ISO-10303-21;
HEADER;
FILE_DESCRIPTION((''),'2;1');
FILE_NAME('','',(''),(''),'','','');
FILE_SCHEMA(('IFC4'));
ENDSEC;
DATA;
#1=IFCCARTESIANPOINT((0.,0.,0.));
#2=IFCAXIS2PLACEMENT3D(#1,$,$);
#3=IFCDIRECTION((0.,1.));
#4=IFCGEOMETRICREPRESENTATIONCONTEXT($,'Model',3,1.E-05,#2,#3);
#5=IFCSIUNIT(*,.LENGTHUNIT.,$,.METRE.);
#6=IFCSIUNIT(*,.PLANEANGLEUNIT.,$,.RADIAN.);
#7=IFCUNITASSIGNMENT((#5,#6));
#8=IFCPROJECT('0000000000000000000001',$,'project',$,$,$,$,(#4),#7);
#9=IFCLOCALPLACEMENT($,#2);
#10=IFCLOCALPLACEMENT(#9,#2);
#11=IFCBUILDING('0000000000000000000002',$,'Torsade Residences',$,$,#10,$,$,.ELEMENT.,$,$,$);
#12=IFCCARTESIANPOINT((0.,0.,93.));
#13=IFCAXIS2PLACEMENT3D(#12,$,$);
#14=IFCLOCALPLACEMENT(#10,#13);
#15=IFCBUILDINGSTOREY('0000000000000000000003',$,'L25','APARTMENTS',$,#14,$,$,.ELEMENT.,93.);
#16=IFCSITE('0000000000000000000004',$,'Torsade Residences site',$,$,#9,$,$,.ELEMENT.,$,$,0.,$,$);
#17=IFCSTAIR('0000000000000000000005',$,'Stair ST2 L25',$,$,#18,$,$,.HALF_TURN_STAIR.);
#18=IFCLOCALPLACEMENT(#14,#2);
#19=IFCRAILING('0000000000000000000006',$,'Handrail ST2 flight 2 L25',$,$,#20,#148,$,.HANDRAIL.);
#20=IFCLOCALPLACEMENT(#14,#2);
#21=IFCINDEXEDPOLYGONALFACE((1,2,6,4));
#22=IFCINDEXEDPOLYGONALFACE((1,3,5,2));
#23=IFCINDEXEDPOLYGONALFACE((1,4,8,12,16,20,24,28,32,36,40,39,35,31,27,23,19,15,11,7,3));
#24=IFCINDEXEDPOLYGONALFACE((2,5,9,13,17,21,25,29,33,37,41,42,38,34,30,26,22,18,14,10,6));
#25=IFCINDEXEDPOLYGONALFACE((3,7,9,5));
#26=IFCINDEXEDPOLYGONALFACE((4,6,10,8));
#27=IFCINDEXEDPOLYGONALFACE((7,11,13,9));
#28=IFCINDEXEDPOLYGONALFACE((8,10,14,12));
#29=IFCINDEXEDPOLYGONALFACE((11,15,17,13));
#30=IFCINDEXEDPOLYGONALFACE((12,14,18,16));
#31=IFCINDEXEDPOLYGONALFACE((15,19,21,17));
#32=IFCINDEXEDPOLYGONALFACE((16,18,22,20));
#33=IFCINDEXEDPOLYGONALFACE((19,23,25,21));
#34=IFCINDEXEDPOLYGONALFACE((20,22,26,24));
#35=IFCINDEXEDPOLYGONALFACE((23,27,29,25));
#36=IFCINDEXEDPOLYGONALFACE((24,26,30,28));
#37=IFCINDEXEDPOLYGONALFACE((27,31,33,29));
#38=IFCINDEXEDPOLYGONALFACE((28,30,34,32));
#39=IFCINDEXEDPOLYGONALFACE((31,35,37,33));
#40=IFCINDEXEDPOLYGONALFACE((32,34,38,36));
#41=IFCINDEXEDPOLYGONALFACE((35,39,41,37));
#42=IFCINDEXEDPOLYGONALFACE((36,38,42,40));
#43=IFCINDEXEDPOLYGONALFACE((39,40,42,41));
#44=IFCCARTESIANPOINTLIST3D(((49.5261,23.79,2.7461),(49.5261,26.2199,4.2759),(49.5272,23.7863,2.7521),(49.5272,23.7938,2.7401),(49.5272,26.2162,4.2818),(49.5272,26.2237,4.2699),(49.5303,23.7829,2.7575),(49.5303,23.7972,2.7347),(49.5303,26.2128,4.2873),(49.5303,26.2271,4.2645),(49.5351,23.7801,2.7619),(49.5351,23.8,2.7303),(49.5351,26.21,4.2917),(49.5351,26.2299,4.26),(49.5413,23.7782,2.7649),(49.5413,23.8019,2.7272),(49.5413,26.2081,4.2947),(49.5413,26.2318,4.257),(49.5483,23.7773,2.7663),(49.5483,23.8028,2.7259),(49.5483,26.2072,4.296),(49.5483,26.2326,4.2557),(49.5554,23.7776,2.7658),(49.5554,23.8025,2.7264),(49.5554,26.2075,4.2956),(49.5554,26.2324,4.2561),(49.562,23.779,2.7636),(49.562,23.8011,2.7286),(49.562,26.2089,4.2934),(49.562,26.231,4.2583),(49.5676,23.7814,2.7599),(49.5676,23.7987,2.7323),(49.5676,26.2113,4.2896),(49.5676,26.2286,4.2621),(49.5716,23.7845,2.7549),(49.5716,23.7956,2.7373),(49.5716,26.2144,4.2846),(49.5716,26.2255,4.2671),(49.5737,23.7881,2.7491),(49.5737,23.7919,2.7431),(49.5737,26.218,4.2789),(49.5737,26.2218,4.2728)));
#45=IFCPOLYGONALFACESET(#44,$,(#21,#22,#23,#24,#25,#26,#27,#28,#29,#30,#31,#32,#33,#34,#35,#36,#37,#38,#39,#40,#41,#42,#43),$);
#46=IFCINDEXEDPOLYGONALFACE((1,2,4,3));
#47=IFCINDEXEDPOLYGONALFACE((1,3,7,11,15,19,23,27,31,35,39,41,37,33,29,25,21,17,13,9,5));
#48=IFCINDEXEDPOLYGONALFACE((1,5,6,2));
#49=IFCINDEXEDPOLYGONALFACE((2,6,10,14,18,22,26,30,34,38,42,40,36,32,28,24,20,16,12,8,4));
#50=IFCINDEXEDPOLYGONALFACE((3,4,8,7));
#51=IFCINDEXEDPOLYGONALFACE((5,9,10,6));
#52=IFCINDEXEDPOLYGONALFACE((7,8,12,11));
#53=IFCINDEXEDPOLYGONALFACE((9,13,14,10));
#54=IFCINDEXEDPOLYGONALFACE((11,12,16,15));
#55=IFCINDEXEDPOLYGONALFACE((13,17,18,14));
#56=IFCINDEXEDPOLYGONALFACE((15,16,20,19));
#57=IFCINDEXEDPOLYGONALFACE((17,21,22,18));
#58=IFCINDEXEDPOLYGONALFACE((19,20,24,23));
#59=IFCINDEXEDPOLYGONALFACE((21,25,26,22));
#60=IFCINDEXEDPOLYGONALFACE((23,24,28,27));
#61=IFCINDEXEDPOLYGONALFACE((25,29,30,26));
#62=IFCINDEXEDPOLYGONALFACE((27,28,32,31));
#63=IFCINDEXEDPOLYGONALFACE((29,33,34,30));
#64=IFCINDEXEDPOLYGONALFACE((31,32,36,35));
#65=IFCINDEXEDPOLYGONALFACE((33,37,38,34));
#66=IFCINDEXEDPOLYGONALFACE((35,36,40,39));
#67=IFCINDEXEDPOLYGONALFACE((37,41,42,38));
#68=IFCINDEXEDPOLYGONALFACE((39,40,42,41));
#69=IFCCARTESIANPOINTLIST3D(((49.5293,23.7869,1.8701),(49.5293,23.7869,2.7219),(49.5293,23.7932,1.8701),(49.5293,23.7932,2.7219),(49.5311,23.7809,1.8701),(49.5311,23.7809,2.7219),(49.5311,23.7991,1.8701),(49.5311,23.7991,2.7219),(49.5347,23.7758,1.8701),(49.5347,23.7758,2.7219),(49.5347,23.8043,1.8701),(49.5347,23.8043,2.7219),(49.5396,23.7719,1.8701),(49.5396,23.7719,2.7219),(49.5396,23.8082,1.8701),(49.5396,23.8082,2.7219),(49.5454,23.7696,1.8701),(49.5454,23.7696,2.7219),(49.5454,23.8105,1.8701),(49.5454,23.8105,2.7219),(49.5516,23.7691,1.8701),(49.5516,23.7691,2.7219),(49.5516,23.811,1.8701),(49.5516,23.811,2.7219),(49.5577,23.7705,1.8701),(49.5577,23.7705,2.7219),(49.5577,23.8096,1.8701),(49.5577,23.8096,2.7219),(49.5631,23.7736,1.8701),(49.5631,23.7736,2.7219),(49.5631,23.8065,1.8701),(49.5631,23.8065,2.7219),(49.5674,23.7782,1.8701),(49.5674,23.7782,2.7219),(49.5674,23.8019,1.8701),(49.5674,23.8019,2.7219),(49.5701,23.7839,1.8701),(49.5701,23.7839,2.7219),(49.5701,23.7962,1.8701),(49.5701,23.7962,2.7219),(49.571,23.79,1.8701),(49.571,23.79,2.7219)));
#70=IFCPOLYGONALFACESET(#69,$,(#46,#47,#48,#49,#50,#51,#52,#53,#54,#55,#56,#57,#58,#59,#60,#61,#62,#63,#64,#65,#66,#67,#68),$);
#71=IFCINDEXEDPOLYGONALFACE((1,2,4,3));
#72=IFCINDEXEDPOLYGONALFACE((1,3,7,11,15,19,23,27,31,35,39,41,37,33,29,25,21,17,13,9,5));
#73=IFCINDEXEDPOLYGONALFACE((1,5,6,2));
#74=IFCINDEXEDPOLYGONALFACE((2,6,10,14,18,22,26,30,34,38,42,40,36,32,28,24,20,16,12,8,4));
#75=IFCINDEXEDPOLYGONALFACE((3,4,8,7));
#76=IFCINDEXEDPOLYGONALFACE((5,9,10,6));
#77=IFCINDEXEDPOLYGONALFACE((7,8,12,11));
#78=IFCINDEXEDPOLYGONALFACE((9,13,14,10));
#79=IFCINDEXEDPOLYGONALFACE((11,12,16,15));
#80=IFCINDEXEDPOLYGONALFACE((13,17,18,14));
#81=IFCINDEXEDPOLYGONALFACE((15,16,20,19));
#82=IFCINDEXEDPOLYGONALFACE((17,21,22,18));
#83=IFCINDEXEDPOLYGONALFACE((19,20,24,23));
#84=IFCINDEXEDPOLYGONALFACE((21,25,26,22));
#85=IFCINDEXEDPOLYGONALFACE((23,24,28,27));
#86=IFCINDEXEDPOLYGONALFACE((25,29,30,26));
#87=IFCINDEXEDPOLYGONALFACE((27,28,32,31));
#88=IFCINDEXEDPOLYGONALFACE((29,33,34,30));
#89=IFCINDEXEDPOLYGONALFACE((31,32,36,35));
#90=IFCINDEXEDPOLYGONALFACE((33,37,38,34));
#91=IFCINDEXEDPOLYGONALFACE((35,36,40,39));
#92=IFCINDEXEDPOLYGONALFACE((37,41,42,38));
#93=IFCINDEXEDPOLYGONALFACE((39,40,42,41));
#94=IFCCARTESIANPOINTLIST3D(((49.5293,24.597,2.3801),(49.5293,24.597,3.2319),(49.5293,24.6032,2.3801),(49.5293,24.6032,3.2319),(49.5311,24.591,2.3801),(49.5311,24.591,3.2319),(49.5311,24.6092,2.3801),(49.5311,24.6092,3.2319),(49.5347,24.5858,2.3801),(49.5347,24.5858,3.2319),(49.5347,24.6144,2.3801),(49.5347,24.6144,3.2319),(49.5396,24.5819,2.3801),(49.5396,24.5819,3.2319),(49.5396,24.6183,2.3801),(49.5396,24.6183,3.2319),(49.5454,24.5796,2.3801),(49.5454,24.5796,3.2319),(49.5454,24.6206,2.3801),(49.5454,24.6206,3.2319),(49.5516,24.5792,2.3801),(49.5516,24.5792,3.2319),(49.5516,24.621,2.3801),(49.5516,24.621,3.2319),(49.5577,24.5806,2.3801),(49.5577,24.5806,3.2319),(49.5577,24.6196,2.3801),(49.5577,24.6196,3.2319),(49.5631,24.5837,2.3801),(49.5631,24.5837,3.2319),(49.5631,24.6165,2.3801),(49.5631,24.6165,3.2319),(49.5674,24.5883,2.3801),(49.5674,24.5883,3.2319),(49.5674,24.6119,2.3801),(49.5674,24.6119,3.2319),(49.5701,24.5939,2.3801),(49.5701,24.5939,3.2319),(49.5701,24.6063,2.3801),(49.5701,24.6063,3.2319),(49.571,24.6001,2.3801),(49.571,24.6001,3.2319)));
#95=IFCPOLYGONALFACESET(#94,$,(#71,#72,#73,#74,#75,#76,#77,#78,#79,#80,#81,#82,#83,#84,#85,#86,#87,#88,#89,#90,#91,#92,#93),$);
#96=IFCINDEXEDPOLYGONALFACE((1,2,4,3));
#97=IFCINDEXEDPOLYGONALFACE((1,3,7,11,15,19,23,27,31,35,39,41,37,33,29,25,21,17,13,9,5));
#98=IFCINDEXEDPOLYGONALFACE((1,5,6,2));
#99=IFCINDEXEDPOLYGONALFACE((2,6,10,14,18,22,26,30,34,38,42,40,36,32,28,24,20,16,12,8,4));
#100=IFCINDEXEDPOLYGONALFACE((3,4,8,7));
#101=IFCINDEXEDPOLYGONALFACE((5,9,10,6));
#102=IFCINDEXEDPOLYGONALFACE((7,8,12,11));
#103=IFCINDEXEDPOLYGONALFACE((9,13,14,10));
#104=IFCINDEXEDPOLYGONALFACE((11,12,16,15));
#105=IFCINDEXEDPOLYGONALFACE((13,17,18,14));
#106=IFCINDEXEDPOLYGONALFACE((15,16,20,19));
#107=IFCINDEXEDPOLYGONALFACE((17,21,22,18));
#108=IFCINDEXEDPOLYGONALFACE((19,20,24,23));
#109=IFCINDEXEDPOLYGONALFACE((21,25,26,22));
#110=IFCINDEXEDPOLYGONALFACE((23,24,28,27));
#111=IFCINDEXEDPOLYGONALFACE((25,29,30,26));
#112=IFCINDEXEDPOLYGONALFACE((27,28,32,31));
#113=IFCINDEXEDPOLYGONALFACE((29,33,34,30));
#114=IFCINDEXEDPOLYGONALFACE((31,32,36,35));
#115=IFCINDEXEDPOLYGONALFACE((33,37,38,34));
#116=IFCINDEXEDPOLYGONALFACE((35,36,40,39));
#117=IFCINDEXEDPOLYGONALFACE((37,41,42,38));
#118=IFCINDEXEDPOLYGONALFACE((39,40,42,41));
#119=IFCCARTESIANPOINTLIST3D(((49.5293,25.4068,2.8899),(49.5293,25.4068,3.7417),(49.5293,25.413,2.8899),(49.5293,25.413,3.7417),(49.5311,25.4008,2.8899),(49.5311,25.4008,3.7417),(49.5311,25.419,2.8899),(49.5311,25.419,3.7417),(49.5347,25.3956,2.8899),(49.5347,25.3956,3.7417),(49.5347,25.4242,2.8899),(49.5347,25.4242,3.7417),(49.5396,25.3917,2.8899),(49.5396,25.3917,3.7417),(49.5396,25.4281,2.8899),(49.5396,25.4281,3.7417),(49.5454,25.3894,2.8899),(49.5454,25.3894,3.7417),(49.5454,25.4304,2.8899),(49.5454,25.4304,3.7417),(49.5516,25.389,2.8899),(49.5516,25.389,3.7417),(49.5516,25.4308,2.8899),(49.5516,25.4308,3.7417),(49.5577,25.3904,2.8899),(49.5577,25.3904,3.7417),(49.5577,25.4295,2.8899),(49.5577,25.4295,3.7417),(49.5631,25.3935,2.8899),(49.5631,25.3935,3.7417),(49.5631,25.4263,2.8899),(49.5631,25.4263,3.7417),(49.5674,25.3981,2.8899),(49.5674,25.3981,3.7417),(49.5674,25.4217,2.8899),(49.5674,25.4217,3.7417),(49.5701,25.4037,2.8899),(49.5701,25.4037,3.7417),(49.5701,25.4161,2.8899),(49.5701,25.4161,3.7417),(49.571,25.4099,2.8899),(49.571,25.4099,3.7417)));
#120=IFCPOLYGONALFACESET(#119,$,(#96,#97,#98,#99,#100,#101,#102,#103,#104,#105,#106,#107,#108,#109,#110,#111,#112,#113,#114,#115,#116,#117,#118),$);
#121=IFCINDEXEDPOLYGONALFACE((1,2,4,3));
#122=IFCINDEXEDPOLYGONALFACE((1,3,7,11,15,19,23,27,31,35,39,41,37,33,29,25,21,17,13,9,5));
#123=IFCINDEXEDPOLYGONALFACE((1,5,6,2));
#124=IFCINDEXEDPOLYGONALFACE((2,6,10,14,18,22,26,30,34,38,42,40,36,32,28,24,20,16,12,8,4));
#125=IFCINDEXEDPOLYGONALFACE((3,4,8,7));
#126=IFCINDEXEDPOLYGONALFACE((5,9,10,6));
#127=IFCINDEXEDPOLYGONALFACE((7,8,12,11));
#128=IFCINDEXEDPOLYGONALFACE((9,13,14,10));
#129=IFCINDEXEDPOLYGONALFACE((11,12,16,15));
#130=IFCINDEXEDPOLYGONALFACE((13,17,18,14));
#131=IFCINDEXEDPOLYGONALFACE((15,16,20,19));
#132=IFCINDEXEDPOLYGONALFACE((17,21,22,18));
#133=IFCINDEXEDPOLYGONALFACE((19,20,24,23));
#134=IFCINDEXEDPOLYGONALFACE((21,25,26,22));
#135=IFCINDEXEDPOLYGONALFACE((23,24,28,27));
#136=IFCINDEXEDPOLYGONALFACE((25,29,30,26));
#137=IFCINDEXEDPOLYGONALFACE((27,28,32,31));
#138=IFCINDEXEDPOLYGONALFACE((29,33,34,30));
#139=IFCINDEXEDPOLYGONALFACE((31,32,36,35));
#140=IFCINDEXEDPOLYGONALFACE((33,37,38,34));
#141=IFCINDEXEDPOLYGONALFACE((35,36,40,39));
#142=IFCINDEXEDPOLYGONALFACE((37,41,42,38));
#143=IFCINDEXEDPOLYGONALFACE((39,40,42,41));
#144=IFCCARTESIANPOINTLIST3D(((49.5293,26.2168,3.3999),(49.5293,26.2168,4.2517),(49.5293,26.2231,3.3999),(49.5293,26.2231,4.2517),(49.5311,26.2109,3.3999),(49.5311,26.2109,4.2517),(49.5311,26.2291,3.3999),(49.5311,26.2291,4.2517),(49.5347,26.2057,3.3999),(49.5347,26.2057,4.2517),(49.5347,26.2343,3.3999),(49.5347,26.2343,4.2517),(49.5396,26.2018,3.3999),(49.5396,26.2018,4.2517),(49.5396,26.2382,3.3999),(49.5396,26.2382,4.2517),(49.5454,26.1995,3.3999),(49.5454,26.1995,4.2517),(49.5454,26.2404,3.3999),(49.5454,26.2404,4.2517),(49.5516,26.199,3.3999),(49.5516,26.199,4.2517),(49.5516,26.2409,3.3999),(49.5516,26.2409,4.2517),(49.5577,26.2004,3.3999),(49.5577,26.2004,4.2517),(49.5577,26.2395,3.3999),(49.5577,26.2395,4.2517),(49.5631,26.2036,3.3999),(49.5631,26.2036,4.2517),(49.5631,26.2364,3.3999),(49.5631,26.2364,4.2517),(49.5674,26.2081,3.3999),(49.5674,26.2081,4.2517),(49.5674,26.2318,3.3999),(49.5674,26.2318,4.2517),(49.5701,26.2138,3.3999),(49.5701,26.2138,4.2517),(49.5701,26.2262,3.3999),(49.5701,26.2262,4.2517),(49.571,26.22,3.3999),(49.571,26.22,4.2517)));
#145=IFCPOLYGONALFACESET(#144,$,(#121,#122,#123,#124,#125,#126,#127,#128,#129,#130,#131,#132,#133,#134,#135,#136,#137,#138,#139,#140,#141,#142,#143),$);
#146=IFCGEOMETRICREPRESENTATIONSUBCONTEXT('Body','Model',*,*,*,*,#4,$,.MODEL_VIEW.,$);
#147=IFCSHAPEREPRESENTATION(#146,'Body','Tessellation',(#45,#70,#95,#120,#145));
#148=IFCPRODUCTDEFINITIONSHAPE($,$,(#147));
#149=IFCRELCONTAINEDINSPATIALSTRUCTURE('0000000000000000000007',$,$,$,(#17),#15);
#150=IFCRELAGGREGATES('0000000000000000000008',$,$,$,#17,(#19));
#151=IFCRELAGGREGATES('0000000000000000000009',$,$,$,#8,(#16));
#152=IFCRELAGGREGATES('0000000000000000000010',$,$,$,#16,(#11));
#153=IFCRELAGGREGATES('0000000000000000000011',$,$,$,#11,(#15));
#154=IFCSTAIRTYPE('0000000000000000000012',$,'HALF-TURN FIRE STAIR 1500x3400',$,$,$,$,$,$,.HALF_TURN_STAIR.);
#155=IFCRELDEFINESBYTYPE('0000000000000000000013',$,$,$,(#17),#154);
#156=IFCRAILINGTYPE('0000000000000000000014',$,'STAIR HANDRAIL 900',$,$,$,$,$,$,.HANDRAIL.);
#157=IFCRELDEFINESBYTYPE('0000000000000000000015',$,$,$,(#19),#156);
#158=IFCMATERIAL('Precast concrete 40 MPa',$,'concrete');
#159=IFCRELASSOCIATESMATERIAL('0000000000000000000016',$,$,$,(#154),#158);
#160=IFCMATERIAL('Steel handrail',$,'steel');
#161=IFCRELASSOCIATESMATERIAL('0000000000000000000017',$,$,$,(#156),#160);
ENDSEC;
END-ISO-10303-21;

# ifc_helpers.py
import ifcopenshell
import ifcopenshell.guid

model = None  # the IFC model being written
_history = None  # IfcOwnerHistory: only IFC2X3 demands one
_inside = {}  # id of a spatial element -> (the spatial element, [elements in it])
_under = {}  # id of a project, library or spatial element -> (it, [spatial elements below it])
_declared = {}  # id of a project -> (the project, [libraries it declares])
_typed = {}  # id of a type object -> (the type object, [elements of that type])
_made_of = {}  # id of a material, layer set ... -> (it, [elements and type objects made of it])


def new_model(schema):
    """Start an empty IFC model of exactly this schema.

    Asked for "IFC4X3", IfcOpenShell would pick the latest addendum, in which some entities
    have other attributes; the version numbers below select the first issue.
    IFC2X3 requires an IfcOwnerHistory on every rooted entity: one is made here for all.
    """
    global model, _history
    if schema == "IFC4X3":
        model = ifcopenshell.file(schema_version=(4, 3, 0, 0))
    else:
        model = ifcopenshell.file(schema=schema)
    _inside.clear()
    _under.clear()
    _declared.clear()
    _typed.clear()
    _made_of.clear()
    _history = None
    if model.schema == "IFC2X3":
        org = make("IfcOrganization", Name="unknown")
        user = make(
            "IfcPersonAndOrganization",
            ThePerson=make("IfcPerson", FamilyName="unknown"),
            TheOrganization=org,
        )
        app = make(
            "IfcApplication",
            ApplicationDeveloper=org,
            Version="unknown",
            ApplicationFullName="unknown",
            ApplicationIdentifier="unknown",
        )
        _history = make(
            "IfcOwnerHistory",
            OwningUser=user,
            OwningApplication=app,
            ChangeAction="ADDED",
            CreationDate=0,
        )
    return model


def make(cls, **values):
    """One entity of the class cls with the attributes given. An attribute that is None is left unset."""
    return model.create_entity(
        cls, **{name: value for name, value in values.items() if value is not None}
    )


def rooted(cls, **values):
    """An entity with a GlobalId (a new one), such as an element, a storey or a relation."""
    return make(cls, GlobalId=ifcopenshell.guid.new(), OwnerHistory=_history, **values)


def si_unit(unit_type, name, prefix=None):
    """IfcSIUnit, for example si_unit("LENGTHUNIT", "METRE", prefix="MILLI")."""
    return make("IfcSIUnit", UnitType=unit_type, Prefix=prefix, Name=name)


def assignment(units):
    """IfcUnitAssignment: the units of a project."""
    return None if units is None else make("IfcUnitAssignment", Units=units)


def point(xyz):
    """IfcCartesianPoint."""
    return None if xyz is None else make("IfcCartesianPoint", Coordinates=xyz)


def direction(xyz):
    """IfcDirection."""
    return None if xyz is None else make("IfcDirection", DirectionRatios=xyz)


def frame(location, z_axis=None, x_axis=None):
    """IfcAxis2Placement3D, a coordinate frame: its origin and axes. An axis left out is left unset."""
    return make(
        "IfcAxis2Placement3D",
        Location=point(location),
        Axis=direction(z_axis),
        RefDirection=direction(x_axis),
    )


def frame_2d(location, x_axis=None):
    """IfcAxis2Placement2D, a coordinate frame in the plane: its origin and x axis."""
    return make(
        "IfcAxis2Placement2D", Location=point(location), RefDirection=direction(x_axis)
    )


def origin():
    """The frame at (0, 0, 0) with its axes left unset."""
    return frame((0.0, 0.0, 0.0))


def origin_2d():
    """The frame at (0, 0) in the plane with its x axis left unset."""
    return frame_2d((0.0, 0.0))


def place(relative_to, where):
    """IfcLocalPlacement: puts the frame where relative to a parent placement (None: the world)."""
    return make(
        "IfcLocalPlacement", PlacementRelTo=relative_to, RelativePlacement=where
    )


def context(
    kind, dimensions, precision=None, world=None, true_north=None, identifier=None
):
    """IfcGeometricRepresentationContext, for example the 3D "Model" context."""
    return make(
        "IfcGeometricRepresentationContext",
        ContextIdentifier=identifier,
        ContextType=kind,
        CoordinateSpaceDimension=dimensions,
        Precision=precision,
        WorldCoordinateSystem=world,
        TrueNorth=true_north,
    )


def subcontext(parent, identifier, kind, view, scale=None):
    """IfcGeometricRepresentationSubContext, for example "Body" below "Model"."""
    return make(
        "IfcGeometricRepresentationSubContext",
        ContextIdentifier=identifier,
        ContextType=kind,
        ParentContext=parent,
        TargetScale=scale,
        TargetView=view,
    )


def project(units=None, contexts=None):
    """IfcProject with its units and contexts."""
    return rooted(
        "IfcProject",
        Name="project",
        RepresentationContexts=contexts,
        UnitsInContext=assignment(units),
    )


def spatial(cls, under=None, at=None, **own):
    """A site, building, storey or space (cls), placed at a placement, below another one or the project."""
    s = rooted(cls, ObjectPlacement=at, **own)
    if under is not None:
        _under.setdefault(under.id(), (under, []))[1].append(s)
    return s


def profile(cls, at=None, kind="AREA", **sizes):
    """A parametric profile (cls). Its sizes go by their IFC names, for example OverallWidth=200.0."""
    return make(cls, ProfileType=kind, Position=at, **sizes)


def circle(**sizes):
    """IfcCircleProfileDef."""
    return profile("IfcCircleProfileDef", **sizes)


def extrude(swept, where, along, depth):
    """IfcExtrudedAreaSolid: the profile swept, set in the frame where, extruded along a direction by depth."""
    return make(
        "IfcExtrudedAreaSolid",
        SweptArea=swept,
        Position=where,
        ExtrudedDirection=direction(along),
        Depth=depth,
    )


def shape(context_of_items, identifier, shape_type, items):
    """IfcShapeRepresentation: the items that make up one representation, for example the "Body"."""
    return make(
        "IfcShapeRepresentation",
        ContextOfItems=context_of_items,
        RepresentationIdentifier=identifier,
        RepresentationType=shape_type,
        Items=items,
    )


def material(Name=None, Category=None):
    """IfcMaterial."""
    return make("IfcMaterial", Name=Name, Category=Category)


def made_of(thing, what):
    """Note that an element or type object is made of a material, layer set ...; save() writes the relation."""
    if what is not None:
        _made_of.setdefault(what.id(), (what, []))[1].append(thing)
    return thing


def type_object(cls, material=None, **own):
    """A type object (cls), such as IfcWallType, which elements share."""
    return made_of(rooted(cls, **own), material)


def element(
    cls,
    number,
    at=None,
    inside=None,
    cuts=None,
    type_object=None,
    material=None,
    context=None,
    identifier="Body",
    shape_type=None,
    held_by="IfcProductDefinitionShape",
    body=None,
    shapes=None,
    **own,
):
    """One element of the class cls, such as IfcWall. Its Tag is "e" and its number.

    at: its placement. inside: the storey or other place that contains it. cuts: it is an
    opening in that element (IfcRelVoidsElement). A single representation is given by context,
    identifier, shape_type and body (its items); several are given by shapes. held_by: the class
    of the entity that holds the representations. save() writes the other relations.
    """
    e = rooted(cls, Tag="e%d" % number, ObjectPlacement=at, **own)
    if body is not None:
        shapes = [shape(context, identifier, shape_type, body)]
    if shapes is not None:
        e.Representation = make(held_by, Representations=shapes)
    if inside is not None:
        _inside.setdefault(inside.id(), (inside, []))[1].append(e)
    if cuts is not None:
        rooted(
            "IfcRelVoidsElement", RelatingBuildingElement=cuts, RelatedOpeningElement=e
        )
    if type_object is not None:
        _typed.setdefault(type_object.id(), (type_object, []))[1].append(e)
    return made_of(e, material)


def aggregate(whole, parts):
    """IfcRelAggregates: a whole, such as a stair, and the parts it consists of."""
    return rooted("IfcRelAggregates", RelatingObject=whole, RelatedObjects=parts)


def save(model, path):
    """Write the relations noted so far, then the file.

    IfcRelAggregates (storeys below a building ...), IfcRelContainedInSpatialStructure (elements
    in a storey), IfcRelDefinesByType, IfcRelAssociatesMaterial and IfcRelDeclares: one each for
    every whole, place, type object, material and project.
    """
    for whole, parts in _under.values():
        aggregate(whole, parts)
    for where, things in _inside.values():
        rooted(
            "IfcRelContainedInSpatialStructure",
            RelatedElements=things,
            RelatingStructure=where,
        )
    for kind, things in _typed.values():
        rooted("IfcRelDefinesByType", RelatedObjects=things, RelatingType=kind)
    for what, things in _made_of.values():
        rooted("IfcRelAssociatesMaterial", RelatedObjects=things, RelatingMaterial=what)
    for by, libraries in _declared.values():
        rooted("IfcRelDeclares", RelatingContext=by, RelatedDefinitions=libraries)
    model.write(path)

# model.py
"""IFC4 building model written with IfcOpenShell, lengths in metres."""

from ifc_helpers import new_model, si_unit, direction, frame, origin, origin_2d, place, context, subcontext, project, spatial, circle, extrude, material, type_object, element, aggregate, save


model = new_model("IFC4")

# Units and contexts
model_context = context("Model", 3, precision=1e-05, world=origin(), true_north=direction((0.0, 1.0)))
body_context = subcontext(model_context, "Body", "Model", "MODEL_VIEW")
ifc_project = project(units=[si_unit("LENGTHUNIT", "METRE"), si_unit("PLANEANGLEUNIT", "RADIAN")], contexts=[model_context])

# Site, building, storey
site_placement = place(None, origin())
site = spatial("IfcSite", under=ifc_project, at=site_placement, Name="Torsade Residences site", CompositionType="ELEMENT", RefElevation=0.0)
building_placement = place(site_placement, origin())
building = spatial("IfcBuilding", under=site, at=building_placement, Name="Torsade Residences", CompositionType="ELEMENT")
storey_placement = place(building_placement, frame((0.0, 0.0, 93.0)))
storey = spatial("IfcBuildingStorey", under=building, at=storey_placement, Name="L25", Description="APARTMENTS", CompositionType="ELEMENT", Elevation=93.0)

# Stair, railing
ifc_material_1 = material(Name="Precast concrete 40 MPa", Category="concrete")
stair_type = type_object("IfcStairType", Name="HALF-TURN FIRE STAIR 1500x3400", PredefinedType="HALF_TURN_STAIR", material=ifc_material_1)
stair_placement = place(storey_placement, origin())
stair = element("IfcStair", 1, at=stair_placement, inside=storey, type_object=stair_type, Name="Stair ST2 L25", PredefinedType="HALF_TURN_STAIR")
ifc_material_2 = material(Name="Steel handrail", Category="steel")
railing_type = type_object("IfcRailingType", Name="STAIR HANDRAIL 900", PredefinedType="HANDRAIL", material=ifc_material_2)
railing_1_placement = place(storey_placement, frame((49.55, 23.79, 1.8701)))
railing_1 = element("IfcRailing", 2, at=railing_1_placement, type_object=railing_type, Name="Handrail ST2 flight 2 L25", PredefinedType="HANDRAIL", context=body_context, shape_type="SweptSolid", body=[
    extrude(circle(Radius=0.0239, at=origin_2d()), frame((0.0, 0.0, 0.876), z_axis=(0.0, 0.84626, 0.53277), x_axis=(-1.0, 0.0, 0.0)), (0.0, 0.0, 1.0), 2.8713),
    extrude(circle(Radius=0.021, at=origin_2d()), origin(), (0.0, 0.0, 1.0), 0.8518),
    extrude(circle(Radius=0.021, at=origin_2d()), frame((0.0, 0.8101, 0.51)), (0.0, 0.0, 1.0), 0.8518),
    extrude(circle(Radius=0.021, at=origin_2d()), frame((0.0, 1.6199, 1.0198)), (0.0, 0.0, 1.0), 0.8518),
    extrude(circle(Radius=0.021, at=origin_2d()), frame((0.0, 2.4299, 1.5298)), (0.0, 0.0, 1.0), 0.8518),
])
aggregate(stair, [railing_1])

save(model, "model.ifc")
